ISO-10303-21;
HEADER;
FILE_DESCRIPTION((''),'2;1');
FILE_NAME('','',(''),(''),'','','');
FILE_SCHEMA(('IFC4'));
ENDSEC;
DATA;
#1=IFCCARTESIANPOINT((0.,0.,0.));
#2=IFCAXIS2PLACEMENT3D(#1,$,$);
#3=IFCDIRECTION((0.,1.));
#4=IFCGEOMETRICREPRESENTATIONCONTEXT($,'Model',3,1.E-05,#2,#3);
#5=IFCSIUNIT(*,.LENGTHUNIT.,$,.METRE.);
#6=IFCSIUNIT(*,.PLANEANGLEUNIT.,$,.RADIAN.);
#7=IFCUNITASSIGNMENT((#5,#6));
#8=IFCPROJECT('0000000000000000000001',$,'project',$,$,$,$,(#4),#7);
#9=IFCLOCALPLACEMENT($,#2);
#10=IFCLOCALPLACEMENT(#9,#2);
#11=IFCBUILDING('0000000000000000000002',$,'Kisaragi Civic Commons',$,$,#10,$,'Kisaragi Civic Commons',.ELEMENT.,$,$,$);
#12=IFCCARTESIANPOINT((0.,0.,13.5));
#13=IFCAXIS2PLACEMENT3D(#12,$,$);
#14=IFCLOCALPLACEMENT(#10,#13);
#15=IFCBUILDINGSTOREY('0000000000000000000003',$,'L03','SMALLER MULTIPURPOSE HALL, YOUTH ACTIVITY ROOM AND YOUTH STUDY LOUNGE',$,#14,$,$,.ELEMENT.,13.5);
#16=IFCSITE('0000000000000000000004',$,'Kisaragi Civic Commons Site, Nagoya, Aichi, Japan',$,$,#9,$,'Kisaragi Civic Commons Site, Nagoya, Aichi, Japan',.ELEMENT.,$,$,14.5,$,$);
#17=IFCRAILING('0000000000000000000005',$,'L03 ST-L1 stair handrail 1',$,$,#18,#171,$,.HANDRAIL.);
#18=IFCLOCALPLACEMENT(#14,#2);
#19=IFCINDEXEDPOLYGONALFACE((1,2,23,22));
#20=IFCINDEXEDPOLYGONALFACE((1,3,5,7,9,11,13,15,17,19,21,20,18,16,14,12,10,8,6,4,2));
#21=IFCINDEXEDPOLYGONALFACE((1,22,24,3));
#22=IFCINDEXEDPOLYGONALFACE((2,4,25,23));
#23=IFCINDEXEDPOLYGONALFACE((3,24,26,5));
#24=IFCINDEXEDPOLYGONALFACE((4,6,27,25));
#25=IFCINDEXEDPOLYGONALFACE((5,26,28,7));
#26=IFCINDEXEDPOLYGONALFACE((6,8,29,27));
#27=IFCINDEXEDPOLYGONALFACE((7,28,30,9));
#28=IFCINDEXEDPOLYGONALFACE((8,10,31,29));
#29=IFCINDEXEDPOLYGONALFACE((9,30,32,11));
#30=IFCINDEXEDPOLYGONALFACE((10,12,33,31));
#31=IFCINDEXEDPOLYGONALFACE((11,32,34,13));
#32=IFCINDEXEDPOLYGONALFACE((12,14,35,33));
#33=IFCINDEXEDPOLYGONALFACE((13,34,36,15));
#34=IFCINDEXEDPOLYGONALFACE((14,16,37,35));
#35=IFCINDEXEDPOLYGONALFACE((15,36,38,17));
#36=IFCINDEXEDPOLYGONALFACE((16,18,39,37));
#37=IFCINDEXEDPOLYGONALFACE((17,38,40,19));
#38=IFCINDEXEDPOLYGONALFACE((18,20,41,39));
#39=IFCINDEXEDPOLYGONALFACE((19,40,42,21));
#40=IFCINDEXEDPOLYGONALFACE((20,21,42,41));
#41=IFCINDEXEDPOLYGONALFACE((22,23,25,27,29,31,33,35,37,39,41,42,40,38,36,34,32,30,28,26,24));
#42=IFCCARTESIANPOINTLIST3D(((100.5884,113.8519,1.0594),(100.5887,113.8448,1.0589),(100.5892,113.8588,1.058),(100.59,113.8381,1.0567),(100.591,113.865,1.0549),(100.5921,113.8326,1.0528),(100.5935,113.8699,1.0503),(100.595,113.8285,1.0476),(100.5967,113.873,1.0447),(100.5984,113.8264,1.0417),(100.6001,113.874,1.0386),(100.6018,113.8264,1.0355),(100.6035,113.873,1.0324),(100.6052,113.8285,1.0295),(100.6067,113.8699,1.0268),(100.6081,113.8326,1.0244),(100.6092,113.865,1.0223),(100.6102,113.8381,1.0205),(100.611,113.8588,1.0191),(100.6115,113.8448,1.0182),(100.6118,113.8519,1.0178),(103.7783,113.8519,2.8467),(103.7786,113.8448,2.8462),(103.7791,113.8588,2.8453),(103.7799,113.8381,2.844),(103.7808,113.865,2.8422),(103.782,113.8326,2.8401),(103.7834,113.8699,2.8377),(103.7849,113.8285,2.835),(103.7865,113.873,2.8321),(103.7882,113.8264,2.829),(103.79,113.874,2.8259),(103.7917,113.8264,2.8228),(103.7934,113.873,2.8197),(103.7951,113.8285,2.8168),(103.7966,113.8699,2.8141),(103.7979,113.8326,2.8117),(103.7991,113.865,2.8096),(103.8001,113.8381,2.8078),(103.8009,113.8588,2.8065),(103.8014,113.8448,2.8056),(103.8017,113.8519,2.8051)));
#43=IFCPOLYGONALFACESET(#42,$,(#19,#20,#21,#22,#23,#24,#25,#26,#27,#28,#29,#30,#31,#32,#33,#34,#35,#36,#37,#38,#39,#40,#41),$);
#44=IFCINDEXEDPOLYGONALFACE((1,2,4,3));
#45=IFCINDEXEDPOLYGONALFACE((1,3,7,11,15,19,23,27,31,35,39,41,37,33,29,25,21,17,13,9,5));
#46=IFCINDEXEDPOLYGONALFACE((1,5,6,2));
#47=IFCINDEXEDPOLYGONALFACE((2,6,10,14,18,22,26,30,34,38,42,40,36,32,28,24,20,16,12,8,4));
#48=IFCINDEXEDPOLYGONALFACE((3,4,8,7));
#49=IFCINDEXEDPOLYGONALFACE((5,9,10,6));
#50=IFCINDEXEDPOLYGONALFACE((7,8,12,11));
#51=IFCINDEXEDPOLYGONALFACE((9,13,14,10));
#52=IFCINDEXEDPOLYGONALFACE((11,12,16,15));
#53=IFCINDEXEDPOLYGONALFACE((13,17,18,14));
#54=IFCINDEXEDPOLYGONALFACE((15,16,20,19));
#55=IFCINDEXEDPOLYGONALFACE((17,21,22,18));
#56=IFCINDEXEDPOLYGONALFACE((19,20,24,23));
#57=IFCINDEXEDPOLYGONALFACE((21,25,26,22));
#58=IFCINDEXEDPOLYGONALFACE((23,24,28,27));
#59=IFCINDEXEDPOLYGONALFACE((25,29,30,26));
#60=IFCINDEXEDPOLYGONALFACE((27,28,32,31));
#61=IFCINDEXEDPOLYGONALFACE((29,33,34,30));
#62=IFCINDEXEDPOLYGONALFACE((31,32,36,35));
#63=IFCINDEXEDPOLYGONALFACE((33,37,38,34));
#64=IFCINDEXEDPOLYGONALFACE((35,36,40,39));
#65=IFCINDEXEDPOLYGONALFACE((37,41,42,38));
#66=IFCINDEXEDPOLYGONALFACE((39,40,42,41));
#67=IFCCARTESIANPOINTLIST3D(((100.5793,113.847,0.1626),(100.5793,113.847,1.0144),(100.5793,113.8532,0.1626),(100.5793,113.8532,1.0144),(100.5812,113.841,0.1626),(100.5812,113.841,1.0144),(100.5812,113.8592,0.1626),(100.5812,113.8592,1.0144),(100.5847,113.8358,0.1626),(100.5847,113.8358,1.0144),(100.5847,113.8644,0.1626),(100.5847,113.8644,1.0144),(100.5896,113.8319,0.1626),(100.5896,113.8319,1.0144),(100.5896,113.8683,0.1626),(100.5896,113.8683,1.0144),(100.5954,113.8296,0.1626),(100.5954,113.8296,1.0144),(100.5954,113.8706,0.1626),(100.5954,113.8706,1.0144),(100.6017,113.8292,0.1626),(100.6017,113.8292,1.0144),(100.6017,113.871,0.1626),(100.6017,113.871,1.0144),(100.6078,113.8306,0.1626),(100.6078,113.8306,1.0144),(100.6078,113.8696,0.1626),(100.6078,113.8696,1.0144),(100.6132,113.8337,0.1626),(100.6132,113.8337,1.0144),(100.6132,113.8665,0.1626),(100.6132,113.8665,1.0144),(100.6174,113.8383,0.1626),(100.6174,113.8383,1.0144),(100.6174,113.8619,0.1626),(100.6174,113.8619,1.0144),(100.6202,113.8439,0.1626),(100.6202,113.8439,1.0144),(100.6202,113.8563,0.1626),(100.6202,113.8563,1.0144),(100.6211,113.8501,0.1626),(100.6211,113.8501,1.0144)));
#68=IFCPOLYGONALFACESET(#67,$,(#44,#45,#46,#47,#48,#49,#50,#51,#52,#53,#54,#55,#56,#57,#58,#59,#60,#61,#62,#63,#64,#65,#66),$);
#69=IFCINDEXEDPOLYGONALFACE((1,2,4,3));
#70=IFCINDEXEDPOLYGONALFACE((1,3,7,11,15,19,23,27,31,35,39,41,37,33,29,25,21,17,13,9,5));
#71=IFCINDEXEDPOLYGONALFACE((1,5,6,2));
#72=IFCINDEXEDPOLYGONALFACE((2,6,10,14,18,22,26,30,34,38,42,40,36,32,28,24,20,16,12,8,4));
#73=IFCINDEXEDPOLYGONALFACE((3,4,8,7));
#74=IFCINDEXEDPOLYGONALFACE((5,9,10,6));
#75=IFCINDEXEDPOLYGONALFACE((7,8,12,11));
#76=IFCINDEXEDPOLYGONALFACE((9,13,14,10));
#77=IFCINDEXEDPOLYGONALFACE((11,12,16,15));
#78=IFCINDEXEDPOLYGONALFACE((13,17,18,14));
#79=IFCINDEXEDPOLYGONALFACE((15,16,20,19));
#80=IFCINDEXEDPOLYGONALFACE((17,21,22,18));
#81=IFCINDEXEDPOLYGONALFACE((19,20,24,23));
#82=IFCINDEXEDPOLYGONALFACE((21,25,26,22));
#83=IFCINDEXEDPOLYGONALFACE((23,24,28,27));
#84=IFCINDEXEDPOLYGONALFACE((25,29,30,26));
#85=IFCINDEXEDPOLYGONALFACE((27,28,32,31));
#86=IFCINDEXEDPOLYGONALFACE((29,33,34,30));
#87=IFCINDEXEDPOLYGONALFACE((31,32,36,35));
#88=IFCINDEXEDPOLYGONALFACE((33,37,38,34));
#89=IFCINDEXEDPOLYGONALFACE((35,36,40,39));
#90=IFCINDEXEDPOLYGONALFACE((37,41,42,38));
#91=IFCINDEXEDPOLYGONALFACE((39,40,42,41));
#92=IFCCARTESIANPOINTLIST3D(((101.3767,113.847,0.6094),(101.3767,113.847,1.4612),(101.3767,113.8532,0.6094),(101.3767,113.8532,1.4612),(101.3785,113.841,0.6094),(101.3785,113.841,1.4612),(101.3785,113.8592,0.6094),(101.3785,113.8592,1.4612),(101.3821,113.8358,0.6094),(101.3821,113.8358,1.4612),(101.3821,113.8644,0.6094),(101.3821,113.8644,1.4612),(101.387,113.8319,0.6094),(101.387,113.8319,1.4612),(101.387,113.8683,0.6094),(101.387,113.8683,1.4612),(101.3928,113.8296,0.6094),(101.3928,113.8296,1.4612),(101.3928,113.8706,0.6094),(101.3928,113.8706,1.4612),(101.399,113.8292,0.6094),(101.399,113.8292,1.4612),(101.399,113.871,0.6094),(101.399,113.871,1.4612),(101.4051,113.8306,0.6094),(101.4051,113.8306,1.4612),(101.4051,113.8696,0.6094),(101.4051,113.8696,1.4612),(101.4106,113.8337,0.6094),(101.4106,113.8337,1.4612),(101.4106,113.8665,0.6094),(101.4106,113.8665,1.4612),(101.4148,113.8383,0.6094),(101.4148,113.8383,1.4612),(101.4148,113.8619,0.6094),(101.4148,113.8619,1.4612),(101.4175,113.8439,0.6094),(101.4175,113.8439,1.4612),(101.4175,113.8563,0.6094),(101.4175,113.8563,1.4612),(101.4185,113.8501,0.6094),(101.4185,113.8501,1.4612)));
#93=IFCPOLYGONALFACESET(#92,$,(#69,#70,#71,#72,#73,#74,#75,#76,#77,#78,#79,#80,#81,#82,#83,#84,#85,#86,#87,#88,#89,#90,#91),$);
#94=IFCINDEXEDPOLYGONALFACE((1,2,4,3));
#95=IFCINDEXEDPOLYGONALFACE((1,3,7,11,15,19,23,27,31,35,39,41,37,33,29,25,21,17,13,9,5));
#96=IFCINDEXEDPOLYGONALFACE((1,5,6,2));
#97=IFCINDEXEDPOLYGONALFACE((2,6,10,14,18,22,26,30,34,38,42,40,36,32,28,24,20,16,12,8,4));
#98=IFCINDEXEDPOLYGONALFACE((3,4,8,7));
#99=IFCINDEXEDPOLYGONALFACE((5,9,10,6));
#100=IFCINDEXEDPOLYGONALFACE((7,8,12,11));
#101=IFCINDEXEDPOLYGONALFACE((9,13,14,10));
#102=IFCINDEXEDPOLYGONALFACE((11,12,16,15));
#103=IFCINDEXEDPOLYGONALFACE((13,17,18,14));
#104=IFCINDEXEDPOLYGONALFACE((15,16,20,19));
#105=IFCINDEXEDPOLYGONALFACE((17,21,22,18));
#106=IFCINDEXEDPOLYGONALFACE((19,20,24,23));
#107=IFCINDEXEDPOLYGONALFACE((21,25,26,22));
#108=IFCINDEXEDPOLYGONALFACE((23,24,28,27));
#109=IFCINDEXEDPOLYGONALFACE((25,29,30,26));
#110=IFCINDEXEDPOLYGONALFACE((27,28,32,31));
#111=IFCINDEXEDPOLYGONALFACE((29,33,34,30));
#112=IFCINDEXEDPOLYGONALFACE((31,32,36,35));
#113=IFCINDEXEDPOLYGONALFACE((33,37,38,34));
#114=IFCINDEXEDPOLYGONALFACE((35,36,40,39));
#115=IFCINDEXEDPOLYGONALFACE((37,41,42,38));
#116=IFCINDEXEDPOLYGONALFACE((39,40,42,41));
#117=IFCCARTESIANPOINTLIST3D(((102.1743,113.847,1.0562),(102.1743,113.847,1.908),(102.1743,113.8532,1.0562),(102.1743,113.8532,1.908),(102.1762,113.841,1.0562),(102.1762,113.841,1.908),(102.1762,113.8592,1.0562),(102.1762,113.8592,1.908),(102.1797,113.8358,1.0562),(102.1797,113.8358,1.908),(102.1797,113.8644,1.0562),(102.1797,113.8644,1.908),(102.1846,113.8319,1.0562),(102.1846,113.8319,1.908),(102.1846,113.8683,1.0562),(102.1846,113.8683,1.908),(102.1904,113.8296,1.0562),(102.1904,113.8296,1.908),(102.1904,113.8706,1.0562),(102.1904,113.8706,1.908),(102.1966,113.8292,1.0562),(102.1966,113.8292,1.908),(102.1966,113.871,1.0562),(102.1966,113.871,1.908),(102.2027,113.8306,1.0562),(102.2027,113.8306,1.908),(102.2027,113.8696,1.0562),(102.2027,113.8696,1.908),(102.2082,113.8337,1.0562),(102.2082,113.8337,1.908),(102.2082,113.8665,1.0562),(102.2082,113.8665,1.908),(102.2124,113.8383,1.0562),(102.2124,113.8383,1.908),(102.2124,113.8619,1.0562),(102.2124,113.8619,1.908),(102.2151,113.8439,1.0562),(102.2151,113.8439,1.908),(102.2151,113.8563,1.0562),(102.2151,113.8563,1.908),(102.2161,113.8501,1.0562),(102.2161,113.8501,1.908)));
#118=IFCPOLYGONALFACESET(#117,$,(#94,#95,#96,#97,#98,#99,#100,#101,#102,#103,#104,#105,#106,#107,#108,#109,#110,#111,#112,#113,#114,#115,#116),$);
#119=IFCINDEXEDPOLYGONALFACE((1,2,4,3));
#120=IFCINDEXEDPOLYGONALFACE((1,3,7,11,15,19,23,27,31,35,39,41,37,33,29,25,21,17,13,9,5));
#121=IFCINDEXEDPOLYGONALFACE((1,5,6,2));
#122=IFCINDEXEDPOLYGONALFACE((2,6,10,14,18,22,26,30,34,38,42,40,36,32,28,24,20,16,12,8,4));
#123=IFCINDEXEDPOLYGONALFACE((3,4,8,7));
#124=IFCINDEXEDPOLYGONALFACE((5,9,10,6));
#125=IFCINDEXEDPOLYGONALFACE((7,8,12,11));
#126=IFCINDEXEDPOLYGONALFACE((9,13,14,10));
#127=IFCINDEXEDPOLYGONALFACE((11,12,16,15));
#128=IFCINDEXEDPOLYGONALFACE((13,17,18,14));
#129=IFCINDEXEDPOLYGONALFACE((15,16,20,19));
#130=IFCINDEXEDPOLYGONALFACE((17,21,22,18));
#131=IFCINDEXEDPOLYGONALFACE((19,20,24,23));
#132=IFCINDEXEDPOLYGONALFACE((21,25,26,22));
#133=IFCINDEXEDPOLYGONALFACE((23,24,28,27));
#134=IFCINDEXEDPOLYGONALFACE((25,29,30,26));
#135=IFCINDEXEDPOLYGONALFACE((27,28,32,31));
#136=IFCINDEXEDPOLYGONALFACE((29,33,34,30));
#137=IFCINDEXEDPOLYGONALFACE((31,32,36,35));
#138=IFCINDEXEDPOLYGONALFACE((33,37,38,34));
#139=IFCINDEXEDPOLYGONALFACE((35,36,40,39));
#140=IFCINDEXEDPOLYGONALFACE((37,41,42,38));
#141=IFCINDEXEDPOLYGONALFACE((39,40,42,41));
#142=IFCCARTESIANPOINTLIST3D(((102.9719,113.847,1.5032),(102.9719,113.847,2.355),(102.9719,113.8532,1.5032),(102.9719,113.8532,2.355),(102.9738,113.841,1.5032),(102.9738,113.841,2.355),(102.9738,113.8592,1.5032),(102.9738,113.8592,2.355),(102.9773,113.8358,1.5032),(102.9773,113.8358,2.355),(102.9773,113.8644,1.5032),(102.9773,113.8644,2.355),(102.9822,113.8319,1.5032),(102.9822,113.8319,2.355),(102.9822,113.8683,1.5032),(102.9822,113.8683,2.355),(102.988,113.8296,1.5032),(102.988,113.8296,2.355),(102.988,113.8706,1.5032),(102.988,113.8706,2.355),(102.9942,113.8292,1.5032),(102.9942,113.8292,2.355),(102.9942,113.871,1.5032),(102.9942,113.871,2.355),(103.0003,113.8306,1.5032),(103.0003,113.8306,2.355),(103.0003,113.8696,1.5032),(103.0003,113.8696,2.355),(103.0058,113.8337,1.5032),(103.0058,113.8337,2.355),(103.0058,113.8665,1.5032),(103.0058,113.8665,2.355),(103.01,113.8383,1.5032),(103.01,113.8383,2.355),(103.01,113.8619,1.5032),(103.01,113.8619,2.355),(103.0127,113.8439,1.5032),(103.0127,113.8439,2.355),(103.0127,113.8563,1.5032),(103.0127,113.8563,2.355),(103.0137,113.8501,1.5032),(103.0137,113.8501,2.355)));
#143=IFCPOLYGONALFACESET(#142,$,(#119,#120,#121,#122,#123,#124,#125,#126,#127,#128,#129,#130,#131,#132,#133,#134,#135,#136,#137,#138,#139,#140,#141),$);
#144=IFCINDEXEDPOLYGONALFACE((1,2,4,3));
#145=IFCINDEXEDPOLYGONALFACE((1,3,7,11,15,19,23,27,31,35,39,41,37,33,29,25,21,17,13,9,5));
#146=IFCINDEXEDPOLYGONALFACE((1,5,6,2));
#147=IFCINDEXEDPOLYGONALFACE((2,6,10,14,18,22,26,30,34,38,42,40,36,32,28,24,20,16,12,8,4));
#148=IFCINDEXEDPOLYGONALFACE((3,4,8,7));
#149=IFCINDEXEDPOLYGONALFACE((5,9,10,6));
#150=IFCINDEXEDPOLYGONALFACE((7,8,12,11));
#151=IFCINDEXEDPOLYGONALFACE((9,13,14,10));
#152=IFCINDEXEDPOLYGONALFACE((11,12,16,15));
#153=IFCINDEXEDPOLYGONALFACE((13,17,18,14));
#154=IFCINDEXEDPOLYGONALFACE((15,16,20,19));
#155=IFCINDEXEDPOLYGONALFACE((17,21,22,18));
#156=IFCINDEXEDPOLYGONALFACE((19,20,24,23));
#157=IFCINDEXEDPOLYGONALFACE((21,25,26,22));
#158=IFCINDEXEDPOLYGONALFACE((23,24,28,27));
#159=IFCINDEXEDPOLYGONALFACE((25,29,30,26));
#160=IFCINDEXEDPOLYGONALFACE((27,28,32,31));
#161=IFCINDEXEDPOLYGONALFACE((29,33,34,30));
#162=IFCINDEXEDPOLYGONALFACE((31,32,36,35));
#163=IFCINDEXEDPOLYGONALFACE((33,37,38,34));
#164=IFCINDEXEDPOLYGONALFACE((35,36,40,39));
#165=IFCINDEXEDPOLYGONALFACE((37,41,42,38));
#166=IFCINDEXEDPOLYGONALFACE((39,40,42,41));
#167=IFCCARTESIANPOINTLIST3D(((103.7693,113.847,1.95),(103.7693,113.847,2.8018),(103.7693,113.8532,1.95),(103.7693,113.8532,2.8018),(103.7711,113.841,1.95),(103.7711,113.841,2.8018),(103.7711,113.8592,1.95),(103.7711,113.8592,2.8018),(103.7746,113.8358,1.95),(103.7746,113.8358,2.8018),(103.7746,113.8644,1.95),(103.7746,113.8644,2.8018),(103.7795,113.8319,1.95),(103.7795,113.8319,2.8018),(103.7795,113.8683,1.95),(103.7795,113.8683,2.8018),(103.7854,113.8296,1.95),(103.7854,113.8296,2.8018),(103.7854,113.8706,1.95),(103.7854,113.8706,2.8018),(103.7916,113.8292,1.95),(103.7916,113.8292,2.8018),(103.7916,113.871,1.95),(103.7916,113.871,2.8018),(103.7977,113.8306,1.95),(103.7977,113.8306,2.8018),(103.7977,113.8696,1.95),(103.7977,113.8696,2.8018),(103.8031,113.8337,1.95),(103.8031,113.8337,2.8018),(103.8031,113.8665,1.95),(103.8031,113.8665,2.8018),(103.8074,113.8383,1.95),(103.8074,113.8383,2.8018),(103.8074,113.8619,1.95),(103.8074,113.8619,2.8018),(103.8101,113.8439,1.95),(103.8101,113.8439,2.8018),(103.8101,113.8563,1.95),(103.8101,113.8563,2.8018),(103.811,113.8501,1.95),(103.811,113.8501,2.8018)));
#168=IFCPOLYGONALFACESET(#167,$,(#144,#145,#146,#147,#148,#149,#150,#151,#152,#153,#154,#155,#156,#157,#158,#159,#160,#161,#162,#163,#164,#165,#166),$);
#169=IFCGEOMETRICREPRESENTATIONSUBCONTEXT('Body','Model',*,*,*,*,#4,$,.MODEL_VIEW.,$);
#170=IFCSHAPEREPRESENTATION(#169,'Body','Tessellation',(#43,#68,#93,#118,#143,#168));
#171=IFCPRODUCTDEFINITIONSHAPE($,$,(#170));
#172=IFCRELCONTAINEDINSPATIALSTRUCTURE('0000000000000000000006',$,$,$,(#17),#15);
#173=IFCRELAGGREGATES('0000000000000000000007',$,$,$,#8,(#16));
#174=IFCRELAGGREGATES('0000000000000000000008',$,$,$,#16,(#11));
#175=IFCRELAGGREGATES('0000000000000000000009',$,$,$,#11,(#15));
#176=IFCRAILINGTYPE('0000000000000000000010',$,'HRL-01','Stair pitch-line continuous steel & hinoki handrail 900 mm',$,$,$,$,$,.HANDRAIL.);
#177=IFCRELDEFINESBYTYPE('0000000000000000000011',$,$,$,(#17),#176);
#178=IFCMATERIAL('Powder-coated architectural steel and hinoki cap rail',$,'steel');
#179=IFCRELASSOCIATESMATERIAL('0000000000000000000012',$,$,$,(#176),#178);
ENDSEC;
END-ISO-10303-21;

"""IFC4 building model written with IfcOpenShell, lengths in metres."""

from ifc_helpers import new_model, si_unit, direction, frame, origin, origin_2d, place, context, subcontext, project, spatial, circle, extrude, material, type_object, element, save


model = new_model("IFC4")

# Units and contexts
model_context = context("Model", 3, precision=1e-05, world=origin(), true_north=direction((0.0, 1.0)))
body_context = subcontext(model_context, "Body", "Model", "MODEL_VIEW")
ifc_project = project(units=[si_unit("LENGTHUNIT", "METRE"), si_unit("PLANEANGLEUNIT", "RADIAN")], contexts=[model_context])

# Site, building, storey
site_placement = place(None, origin())
site = spatial("IfcSite", under=ifc_project, at=site_placement, Name="Kisaragi Civic Commons Site, Nagoya, Aichi, Japan", LongName="Kisaragi Civic Commons Site, Nagoya, Aichi, Japan", CompositionType="ELEMENT", RefElevation=14.5)
building_placement = place(site_placement, origin())
building = spatial("IfcBuilding", under=site, at=building_placement, Name="Kisaragi Civic Commons", LongName="Kisaragi Civic Commons", CompositionType="ELEMENT")
storey_placement = place(building_placement, frame((0.0, 0.0, 13.5)))
storey = spatial("IfcBuildingStorey", under=building, at=storey_placement, Name="L03", Description="SMALLER MULTIPURPOSE HALL, YOUTH ACTIVITY ROOM AND YOUTH STUDY LOUNGE", CompositionType="ELEMENT", Elevation=13.5)

# Railing
ifc_material_1 = material(Name="Powder-coated architectural steel and hinoki cap rail", Category="steel")
railing_type_1 = type_object("IfcRailingType", Name="HRL-01", Description="Stair pitch-line continuous steel & hinoki handrail 900 mm", PredefinedType="HANDRAIL", material=ifc_material_1)
railing_1_placement = place(storey_placement, frame((100.6001, 113.8501, 0.1626)))
element("IfcRailing", 1, at=railing_1_placement, inside=storey, type_object=railing_type_1, Name="L03 ST-L1 stair handrail 1", PredefinedType="HANDRAIL", context=body_context, shape_type="SweptSolid", body=[
    extrude(circle(Radius=0.0239, at=origin_2d()), frame((0.0, 0.0, 0.876), z_axis=(0.872391, 0.0, 0.488809), x_axis=(0.0, 1.0, 0.0)), (0.0, 0.0, 1.0), 3.6565),
    extrude(circle(Radius=0.021, at=origin_2d()), origin(), (0.0, 0.0, 1.0), 0.8518),
    extrude(circle(Radius=0.021, at=origin_2d()), frame((0.7974, 0.0, 0.4468)), (0.0, 0.0, 1.0), 0.8518),
    extrude(circle(Radius=0.021, at=origin_2d()), frame((1.595, 0.0, 0.8936)), (0.0, 0.0, 1.0), 0.8518),
    extrude(circle(Radius=0.021, at=origin_2d()), frame((2.3926, 0.0, 1.3406)), (0.0, 0.0, 1.0), 0.8518),
    extrude(circle(Radius=0.021, at=origin_2d()), frame((3.1899, 0.0, 1.7874)), (0.0, 0.0, 1.0), 0.8518),
])

save(model, "model.ifc")
